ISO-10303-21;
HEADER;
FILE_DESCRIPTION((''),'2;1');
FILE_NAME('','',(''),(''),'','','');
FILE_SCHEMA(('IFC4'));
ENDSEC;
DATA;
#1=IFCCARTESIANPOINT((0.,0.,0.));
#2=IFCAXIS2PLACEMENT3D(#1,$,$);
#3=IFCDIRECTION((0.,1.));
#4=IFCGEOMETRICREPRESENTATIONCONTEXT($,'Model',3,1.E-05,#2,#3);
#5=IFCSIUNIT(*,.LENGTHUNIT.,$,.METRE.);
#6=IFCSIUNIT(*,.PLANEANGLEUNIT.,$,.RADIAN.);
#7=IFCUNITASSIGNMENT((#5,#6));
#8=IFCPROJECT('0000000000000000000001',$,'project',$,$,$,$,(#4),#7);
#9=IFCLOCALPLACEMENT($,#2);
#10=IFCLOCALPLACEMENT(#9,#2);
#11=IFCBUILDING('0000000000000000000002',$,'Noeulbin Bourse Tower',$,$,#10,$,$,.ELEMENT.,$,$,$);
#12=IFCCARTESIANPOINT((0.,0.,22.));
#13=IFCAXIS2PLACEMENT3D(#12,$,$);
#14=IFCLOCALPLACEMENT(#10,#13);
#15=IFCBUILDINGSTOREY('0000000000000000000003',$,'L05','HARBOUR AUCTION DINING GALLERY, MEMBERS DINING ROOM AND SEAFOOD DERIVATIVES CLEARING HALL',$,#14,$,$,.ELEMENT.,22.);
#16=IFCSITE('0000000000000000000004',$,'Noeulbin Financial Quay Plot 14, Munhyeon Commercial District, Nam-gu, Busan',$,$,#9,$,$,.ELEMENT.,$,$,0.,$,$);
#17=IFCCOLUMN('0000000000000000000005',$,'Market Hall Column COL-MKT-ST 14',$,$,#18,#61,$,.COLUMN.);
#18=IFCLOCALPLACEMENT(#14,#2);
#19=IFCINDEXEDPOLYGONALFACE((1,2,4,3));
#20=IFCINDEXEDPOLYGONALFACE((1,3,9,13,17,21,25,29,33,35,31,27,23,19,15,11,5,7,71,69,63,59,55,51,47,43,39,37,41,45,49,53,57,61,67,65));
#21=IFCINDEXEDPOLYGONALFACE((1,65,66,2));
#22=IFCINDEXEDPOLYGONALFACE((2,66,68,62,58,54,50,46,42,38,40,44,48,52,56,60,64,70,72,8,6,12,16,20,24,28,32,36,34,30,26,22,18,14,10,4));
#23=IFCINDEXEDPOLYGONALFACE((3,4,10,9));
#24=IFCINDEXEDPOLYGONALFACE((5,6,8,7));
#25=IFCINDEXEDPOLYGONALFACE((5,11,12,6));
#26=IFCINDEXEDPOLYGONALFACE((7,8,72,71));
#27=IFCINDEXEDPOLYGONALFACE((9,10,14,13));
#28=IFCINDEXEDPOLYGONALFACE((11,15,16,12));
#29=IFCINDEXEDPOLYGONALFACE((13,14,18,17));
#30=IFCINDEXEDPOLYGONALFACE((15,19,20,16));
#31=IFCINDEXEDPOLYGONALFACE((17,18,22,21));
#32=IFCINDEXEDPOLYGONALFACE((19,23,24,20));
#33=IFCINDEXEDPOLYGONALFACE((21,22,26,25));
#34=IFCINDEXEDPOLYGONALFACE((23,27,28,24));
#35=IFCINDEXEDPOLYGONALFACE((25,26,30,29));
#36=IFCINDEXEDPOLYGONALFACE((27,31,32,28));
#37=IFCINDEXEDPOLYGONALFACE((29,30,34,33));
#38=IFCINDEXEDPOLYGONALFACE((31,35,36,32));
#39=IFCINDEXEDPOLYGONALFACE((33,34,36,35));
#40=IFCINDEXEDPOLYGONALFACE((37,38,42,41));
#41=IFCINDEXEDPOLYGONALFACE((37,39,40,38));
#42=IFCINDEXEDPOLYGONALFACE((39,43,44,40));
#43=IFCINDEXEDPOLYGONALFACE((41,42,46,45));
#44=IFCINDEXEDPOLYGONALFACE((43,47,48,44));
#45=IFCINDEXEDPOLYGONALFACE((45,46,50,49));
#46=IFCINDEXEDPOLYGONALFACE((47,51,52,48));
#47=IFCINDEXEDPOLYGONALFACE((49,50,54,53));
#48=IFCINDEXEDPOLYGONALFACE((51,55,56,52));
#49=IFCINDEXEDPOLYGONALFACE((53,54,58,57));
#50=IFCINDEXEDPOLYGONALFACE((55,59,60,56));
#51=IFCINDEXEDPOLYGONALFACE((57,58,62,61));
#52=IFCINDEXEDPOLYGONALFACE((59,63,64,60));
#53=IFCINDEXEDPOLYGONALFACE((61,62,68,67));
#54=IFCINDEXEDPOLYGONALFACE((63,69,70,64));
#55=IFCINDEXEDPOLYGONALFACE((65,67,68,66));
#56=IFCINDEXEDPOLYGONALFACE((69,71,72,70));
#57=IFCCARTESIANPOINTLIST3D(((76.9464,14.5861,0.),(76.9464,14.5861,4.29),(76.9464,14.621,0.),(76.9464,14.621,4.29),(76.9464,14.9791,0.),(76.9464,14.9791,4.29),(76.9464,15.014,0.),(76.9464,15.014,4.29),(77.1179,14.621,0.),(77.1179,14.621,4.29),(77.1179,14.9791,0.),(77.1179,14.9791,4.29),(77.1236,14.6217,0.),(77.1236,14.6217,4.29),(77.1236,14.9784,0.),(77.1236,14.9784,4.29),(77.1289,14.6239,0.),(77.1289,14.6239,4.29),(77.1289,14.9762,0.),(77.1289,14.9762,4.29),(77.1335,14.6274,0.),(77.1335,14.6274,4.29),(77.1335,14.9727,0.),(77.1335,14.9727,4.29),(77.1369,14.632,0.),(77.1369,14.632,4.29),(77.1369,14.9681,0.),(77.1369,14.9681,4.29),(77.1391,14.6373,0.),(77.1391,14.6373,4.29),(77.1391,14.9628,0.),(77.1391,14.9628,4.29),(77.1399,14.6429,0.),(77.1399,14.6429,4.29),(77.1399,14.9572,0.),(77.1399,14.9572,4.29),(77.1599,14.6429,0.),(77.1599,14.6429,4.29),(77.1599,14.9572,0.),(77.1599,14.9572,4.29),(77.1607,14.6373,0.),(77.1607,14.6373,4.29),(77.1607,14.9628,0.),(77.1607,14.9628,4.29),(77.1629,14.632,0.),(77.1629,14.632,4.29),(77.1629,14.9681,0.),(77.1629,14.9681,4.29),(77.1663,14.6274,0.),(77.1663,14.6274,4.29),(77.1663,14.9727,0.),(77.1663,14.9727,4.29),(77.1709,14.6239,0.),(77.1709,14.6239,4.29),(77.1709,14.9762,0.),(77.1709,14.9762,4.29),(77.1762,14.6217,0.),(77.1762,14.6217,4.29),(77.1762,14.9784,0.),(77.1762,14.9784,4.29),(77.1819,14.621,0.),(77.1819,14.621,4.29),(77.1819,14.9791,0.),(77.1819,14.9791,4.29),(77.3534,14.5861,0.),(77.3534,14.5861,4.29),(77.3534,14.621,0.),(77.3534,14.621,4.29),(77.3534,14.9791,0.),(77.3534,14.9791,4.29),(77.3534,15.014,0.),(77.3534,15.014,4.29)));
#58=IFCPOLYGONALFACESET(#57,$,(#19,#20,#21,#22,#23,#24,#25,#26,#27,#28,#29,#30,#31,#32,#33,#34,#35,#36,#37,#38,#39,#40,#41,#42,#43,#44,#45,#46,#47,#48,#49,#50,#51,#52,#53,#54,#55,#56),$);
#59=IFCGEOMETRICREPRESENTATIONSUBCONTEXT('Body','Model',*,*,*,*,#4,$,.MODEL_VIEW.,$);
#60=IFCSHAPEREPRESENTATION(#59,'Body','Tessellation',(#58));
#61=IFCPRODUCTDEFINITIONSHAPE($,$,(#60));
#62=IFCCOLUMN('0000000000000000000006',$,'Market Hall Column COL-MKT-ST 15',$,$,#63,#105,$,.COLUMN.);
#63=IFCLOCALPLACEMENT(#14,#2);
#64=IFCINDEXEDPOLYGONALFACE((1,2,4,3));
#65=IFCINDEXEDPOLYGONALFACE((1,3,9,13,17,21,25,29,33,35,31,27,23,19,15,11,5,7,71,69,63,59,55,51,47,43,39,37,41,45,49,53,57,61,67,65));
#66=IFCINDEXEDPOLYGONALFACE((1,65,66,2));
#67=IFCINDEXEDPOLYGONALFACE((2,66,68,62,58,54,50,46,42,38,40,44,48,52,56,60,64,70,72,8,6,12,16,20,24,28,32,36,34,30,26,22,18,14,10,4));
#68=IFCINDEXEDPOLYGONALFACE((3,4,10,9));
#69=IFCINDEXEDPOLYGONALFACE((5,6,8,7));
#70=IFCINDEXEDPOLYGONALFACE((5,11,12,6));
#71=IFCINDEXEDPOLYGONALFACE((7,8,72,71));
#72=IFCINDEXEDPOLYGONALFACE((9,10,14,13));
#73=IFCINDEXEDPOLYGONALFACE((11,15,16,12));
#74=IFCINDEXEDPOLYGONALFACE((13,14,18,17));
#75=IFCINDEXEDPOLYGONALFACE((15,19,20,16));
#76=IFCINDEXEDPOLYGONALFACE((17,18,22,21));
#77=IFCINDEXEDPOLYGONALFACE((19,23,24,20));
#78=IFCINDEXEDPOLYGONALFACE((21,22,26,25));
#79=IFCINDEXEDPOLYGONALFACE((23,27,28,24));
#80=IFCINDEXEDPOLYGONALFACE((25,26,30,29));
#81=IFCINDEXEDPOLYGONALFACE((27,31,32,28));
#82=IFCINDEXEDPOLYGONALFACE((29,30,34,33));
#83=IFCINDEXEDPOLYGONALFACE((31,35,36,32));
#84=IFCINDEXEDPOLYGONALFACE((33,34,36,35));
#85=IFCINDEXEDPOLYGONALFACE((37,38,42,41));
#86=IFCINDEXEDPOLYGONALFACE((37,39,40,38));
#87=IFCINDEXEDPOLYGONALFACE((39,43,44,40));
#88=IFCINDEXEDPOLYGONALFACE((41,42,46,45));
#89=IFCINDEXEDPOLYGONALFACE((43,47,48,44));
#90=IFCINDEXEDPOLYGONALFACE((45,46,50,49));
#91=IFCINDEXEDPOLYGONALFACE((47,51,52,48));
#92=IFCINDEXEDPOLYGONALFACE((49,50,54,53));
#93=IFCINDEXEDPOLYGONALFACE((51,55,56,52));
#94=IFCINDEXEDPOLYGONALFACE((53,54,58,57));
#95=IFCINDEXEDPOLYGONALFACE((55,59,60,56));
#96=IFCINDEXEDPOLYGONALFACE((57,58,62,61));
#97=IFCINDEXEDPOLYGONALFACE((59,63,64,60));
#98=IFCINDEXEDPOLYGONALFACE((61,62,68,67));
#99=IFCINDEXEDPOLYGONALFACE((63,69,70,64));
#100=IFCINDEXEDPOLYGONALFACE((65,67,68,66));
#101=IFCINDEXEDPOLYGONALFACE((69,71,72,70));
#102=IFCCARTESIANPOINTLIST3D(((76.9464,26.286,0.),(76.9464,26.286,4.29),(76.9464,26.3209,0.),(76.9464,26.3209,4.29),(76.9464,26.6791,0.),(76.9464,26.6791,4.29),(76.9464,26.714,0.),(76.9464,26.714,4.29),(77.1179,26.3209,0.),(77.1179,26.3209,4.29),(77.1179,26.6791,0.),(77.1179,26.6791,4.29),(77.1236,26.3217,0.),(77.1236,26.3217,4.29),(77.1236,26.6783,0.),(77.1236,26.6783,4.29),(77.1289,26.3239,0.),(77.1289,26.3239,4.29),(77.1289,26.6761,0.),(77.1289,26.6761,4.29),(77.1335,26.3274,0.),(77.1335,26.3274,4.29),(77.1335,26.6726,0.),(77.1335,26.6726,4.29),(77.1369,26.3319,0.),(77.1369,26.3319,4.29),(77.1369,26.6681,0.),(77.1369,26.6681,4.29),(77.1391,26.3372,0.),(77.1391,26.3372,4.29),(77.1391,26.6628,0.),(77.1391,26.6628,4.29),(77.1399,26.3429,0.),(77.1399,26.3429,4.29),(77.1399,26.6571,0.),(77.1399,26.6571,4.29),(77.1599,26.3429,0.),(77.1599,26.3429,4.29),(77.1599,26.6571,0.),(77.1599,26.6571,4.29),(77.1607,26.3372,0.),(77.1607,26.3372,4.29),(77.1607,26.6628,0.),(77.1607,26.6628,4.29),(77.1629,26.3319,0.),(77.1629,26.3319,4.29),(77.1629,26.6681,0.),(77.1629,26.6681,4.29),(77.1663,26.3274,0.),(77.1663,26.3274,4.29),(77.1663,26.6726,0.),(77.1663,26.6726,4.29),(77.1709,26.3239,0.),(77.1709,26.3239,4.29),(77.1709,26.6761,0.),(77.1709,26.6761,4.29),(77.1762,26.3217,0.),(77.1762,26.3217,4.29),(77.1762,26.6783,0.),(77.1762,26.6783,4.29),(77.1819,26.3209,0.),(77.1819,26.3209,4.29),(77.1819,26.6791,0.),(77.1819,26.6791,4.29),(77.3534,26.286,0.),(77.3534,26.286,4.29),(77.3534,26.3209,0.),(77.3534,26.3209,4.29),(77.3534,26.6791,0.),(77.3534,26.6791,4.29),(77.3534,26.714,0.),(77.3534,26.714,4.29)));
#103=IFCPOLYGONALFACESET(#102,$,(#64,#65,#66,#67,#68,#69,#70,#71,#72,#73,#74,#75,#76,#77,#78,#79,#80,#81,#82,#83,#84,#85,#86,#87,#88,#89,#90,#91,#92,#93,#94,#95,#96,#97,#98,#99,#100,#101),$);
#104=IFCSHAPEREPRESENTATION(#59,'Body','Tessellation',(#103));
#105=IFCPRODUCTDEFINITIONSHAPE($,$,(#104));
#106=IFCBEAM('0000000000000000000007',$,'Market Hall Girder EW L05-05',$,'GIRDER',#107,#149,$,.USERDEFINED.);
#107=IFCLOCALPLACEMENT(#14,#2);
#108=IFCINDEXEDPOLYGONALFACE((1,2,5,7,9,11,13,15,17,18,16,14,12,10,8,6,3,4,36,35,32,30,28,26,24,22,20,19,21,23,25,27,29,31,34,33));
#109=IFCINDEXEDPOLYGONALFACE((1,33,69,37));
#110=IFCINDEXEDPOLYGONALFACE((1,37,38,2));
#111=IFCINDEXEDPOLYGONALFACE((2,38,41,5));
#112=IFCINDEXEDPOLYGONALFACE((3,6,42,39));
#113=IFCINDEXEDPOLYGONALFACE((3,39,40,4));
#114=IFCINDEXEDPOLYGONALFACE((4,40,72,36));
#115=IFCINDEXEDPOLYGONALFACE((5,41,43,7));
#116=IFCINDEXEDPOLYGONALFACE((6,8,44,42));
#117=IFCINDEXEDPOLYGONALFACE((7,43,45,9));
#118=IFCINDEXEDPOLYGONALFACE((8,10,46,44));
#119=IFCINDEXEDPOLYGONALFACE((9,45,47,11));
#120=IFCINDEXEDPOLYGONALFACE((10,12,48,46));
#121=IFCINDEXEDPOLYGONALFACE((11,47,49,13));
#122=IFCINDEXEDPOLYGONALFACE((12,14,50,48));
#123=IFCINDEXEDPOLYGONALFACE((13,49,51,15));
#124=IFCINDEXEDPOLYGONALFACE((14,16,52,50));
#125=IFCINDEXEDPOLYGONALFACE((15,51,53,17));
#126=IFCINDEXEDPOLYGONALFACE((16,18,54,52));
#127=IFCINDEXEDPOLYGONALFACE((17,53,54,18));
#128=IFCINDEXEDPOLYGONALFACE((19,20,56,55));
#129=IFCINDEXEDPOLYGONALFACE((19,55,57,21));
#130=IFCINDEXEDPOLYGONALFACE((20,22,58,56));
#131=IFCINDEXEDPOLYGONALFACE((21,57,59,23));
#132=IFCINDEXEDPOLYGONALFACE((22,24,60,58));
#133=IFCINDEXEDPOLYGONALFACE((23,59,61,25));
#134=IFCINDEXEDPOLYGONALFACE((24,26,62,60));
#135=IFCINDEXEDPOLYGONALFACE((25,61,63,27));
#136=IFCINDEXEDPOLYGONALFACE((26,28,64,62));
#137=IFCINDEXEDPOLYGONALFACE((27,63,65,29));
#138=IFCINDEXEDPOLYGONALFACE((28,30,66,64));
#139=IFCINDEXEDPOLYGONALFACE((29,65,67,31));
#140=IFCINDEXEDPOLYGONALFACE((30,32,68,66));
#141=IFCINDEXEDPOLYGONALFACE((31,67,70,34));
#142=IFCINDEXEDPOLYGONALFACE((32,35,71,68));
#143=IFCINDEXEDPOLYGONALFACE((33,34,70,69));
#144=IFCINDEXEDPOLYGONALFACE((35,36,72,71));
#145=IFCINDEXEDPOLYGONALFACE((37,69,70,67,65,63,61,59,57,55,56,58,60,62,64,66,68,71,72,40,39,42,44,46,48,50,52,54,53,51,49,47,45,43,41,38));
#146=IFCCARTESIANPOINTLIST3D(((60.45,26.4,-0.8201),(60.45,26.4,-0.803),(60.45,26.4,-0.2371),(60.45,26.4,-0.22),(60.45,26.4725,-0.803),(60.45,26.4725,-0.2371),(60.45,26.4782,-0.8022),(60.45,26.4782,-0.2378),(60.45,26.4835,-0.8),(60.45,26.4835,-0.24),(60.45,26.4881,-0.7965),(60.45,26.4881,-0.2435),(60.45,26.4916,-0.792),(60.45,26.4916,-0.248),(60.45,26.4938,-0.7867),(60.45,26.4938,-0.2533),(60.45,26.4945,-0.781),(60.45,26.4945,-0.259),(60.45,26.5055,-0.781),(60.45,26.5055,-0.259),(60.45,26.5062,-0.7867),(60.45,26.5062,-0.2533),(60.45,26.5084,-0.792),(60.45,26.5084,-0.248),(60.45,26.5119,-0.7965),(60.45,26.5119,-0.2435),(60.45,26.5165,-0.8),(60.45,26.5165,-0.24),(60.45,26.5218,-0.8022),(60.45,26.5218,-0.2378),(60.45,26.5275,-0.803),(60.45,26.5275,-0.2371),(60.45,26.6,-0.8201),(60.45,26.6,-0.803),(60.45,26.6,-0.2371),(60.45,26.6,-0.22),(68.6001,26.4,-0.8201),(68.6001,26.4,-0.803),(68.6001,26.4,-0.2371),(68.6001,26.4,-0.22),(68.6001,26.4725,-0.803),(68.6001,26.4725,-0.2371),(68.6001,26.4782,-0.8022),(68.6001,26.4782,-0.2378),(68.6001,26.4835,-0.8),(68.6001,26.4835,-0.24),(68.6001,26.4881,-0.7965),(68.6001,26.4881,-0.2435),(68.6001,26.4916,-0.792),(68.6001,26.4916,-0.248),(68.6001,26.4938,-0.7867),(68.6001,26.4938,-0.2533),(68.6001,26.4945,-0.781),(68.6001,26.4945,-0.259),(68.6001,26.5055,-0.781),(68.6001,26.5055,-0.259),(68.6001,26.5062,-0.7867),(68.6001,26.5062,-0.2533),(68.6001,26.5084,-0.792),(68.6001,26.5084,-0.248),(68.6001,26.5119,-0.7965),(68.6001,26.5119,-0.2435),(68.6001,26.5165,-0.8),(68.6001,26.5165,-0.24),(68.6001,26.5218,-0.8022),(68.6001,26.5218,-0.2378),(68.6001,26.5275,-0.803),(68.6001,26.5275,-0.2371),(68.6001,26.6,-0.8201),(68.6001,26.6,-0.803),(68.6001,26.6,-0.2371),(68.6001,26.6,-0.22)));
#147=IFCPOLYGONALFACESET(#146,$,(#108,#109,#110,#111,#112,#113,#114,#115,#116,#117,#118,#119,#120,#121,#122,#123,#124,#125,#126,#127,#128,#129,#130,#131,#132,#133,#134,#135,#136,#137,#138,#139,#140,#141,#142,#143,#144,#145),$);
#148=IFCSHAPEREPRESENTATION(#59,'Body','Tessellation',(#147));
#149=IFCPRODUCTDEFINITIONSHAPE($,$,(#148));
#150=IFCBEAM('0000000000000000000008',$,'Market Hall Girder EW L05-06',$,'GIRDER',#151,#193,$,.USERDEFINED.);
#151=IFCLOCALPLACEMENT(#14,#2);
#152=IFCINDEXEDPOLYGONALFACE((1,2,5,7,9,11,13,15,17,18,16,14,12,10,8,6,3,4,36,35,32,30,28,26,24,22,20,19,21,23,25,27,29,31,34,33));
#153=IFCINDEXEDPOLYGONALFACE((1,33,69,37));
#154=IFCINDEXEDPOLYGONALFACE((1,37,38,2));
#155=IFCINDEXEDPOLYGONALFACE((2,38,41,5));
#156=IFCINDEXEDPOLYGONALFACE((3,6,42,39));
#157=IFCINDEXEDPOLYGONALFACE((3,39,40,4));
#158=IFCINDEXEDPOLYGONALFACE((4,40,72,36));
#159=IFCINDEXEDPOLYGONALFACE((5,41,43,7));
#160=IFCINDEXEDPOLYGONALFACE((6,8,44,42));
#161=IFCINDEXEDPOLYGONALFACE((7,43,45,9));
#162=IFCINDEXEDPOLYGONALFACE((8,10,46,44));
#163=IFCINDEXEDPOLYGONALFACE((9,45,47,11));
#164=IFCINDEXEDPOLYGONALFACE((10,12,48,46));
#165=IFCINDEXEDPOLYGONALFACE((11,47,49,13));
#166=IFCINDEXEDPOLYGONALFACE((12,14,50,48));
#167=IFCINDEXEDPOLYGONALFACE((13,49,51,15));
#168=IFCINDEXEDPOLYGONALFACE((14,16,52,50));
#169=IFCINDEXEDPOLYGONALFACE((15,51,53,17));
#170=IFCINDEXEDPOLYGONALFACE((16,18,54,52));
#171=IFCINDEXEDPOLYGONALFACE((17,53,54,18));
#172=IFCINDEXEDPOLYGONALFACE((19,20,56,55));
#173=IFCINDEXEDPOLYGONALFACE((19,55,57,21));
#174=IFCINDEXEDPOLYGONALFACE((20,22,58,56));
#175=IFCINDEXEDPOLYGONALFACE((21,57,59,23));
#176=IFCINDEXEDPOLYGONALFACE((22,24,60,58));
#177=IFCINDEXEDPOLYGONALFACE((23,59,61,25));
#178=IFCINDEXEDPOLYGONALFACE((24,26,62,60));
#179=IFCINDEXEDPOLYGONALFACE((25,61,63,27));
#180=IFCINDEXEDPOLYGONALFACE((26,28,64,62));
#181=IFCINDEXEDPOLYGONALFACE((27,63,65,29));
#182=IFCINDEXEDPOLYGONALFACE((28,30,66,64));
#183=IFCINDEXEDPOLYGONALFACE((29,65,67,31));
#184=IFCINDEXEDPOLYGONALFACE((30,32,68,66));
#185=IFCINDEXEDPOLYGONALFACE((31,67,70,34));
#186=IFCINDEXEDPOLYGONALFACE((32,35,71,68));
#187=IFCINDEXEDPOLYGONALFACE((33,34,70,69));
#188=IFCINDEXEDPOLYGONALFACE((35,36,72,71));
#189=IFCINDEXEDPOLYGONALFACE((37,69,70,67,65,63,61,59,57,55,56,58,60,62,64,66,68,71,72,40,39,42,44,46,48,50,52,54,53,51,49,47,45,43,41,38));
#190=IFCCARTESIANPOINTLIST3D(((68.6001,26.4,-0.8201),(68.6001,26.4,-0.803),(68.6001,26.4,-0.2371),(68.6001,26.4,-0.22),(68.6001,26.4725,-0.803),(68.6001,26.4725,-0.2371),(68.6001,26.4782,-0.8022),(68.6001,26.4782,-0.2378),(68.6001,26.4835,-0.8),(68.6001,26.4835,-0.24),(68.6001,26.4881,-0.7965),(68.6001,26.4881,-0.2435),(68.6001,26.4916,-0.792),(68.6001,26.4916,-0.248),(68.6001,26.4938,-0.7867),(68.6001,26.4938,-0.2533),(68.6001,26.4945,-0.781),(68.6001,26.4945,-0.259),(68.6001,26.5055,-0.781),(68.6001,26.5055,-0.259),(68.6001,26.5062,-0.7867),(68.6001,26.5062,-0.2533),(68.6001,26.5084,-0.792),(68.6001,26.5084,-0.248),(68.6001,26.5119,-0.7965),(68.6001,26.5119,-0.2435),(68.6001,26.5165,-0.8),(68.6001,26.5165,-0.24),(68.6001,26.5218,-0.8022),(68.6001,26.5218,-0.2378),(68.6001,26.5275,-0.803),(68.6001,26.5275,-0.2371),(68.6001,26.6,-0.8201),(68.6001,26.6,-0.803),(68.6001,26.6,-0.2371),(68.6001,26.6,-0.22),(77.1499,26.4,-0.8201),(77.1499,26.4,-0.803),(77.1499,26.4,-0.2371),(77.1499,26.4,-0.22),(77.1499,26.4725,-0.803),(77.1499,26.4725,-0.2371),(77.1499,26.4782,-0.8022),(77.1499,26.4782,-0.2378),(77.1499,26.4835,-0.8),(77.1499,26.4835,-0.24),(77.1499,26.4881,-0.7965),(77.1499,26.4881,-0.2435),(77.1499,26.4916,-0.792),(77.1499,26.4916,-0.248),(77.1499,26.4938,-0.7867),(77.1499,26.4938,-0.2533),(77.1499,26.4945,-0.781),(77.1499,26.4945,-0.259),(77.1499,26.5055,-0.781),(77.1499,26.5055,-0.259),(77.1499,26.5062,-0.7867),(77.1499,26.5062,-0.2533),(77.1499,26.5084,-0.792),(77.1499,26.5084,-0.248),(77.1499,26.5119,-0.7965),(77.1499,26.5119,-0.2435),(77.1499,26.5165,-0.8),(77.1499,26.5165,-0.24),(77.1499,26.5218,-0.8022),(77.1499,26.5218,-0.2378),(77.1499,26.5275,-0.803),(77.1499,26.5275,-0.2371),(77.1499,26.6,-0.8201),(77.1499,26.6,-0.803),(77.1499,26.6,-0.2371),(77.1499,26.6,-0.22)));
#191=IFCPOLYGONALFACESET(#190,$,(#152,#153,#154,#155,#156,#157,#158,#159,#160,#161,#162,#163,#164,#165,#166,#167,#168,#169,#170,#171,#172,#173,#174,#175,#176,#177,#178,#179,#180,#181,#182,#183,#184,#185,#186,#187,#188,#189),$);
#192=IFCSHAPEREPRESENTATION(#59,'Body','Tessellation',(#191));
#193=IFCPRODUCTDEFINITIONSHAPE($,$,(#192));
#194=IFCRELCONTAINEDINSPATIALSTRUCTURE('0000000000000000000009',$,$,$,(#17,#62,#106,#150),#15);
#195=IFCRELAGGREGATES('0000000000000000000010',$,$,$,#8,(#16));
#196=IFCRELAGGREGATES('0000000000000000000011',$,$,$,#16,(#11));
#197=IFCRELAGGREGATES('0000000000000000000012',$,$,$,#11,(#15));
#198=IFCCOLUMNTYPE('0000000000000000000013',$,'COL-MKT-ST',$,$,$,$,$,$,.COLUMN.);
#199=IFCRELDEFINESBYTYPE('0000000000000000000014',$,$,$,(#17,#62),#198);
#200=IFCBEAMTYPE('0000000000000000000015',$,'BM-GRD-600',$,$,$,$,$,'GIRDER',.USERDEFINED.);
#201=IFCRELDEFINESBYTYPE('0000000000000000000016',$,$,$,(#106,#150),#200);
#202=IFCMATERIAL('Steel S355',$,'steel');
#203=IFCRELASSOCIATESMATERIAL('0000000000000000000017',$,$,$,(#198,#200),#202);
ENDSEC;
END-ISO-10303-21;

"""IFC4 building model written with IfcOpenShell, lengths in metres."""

from ifc_helpers import new_model, si_unit, direction, frame, origin, origin_2d, place, context, subcontext, project, spatial, i_section, extrude, material, material_profile, profile_set, type_object, element, save


model = new_model("IFC4")

# Units and contexts
model_context = context("Model", 3, precision=1e-05, world=origin(), true_north=direction((0.0, 1.0)))
body_context = subcontext(model_context, "Body", "Model", "MODEL_VIEW")
ifc_project = project(units=[si_unit("LENGTHUNIT", "METRE"), si_unit("PLANEANGLEUNIT", "RADIAN")], contexts=[model_context])

# Site, building, storey
site_placement = place(None, origin())
site = spatial("IfcSite", under=ifc_project, at=site_placement, Name="Noeulbin Financial Quay Plot 14, Munhyeon Commercial District, Nam-gu, Busan", CompositionType="ELEMENT", RefElevation=0.0)
building_placement = place(site_placement, origin())
building = spatial("IfcBuilding", under=site, at=building_placement, Name="Noeulbin Bourse Tower", CompositionType="ELEMENT")
storey_placement = place(building_placement, frame((0.0, 0.0, 22.0)))
storey = spatial("IfcBuildingStorey", under=building, at=storey_placement, Name="L05", Description="HARBOUR AUCTION DINING GALLERY, MEMBERS DINING ROOM AND SEAFOOD DERIVATIVES CLEARING HALL", CompositionType="ELEMENT", Elevation=22.0)

# Columns
ifc_material_1 = material(Name="Steel S355", Category="steel")
ifc_material_profile_1 = material_profile(ifc_material_1, i_section(OverallWidth=0.407, OverallDepth=0.428, WebThickness=0.02, FlangeThickness=0.0349, FilletRadius=0.022, at=origin_2d()), Name="H-428x407x20x35", Category="LoadBearing")
ifc_profile_set_1 = profile_set([ifc_material_profile_1], Name="Steel S355")
column_type = type_object("IfcColumnType", Name="COL-MKT-ST", PredefinedType="COLUMN", material=ifc_profile_set_1)
for number, where, z_axis, x_axis, name in (
    (1, (77.1499, 14.8, 0.0), (0.0, 0.0, 1.0), (1.0, 0.0, 0.0), "Market Hall Column COL-MKT-ST 14"),
    (2, (77.1499, 26.5, 0.0), (0.0, 0.0, 1.0), (1.0, 0.0, 0.0), "Market Hall Column COL-MKT-ST 15"),
):
    element("IfcColumn", number, at=place(storey_placement, frame(where, z_axis=z_axis, x_axis=x_axis)), inside=storey, type_object=column_type, Name=name, PredefinedType="COLUMN", context=body_context, shape_type="SweptSolid", body=[
        extrude(i_section(OverallWidth=0.407, OverallDepth=0.428, WebThickness=0.02, FlangeThickness=0.0349, FilletRadius=0.022, at=origin_2d()), origin(), (0.0, 0.0, 1.0), 4.29),
    ])

# Beams
ifc_material_profile_2 = material_profile(ifc_material_1, i_section(OverallWidth=0.2, OverallDepth=0.6001, WebThickness=0.011, FlangeThickness=0.0171, FilletRadius=0.022, at=origin_2d()), Name="H-600x200x11x17", Category="LoadBearing")
ifc_profile_set_2 = profile_set([ifc_material_profile_2], Name="Steel S355")
beam_type_1 = type_object("IfcBeamType", Name="BM-GRD-600", ElementType="GIRDER", PredefinedType="USERDEFINED", material=ifc_profile_set_2)
beam_1_placement = place(storey_placement, frame((60.45, 26.5, -0.52), z_axis=(1.0, 0.0, 0.0), x_axis=(0.0, 1.0, 0.0)))
element("IfcBeam", 3, at=beam_1_placement, inside=storey, type_object=beam_type_1, Name="Market Hall Girder EW L05-05", ObjectType="GIRDER", PredefinedType="USERDEFINED", context=body_context, shape_type="SweptSolid", body=[
    extrude(i_section(OverallWidth=0.2, OverallDepth=0.6001, WebThickness=0.011, FlangeThickness=0.0171, FilletRadius=0.022, at=origin_2d()), origin(), (0.0, 0.0, 1.0), 8.1501),
])
beam_2_placement = place(storey_placement, frame((68.6001, 26.5, -0.52), z_axis=(1.0, 0.0, 0.0), x_axis=(0.0, 1.0, 0.0)))
element("IfcBeam", 4, at=beam_2_placement, inside=storey, type_object=beam_type_1, Name="Market Hall Girder EW L05-06", ObjectType="GIRDER", PredefinedType="USERDEFINED", context=body_context, shape_type="SweptSolid", body=[
    extrude(i_section(OverallWidth=0.2, OverallDepth=0.6001, WebThickness=0.011, FlangeThickness=0.0171, FilletRadius=0.022, at=origin_2d()), origin(), (0.0, 0.0, 1.0), 8.5498),
])

save(model, "model.ifc")
